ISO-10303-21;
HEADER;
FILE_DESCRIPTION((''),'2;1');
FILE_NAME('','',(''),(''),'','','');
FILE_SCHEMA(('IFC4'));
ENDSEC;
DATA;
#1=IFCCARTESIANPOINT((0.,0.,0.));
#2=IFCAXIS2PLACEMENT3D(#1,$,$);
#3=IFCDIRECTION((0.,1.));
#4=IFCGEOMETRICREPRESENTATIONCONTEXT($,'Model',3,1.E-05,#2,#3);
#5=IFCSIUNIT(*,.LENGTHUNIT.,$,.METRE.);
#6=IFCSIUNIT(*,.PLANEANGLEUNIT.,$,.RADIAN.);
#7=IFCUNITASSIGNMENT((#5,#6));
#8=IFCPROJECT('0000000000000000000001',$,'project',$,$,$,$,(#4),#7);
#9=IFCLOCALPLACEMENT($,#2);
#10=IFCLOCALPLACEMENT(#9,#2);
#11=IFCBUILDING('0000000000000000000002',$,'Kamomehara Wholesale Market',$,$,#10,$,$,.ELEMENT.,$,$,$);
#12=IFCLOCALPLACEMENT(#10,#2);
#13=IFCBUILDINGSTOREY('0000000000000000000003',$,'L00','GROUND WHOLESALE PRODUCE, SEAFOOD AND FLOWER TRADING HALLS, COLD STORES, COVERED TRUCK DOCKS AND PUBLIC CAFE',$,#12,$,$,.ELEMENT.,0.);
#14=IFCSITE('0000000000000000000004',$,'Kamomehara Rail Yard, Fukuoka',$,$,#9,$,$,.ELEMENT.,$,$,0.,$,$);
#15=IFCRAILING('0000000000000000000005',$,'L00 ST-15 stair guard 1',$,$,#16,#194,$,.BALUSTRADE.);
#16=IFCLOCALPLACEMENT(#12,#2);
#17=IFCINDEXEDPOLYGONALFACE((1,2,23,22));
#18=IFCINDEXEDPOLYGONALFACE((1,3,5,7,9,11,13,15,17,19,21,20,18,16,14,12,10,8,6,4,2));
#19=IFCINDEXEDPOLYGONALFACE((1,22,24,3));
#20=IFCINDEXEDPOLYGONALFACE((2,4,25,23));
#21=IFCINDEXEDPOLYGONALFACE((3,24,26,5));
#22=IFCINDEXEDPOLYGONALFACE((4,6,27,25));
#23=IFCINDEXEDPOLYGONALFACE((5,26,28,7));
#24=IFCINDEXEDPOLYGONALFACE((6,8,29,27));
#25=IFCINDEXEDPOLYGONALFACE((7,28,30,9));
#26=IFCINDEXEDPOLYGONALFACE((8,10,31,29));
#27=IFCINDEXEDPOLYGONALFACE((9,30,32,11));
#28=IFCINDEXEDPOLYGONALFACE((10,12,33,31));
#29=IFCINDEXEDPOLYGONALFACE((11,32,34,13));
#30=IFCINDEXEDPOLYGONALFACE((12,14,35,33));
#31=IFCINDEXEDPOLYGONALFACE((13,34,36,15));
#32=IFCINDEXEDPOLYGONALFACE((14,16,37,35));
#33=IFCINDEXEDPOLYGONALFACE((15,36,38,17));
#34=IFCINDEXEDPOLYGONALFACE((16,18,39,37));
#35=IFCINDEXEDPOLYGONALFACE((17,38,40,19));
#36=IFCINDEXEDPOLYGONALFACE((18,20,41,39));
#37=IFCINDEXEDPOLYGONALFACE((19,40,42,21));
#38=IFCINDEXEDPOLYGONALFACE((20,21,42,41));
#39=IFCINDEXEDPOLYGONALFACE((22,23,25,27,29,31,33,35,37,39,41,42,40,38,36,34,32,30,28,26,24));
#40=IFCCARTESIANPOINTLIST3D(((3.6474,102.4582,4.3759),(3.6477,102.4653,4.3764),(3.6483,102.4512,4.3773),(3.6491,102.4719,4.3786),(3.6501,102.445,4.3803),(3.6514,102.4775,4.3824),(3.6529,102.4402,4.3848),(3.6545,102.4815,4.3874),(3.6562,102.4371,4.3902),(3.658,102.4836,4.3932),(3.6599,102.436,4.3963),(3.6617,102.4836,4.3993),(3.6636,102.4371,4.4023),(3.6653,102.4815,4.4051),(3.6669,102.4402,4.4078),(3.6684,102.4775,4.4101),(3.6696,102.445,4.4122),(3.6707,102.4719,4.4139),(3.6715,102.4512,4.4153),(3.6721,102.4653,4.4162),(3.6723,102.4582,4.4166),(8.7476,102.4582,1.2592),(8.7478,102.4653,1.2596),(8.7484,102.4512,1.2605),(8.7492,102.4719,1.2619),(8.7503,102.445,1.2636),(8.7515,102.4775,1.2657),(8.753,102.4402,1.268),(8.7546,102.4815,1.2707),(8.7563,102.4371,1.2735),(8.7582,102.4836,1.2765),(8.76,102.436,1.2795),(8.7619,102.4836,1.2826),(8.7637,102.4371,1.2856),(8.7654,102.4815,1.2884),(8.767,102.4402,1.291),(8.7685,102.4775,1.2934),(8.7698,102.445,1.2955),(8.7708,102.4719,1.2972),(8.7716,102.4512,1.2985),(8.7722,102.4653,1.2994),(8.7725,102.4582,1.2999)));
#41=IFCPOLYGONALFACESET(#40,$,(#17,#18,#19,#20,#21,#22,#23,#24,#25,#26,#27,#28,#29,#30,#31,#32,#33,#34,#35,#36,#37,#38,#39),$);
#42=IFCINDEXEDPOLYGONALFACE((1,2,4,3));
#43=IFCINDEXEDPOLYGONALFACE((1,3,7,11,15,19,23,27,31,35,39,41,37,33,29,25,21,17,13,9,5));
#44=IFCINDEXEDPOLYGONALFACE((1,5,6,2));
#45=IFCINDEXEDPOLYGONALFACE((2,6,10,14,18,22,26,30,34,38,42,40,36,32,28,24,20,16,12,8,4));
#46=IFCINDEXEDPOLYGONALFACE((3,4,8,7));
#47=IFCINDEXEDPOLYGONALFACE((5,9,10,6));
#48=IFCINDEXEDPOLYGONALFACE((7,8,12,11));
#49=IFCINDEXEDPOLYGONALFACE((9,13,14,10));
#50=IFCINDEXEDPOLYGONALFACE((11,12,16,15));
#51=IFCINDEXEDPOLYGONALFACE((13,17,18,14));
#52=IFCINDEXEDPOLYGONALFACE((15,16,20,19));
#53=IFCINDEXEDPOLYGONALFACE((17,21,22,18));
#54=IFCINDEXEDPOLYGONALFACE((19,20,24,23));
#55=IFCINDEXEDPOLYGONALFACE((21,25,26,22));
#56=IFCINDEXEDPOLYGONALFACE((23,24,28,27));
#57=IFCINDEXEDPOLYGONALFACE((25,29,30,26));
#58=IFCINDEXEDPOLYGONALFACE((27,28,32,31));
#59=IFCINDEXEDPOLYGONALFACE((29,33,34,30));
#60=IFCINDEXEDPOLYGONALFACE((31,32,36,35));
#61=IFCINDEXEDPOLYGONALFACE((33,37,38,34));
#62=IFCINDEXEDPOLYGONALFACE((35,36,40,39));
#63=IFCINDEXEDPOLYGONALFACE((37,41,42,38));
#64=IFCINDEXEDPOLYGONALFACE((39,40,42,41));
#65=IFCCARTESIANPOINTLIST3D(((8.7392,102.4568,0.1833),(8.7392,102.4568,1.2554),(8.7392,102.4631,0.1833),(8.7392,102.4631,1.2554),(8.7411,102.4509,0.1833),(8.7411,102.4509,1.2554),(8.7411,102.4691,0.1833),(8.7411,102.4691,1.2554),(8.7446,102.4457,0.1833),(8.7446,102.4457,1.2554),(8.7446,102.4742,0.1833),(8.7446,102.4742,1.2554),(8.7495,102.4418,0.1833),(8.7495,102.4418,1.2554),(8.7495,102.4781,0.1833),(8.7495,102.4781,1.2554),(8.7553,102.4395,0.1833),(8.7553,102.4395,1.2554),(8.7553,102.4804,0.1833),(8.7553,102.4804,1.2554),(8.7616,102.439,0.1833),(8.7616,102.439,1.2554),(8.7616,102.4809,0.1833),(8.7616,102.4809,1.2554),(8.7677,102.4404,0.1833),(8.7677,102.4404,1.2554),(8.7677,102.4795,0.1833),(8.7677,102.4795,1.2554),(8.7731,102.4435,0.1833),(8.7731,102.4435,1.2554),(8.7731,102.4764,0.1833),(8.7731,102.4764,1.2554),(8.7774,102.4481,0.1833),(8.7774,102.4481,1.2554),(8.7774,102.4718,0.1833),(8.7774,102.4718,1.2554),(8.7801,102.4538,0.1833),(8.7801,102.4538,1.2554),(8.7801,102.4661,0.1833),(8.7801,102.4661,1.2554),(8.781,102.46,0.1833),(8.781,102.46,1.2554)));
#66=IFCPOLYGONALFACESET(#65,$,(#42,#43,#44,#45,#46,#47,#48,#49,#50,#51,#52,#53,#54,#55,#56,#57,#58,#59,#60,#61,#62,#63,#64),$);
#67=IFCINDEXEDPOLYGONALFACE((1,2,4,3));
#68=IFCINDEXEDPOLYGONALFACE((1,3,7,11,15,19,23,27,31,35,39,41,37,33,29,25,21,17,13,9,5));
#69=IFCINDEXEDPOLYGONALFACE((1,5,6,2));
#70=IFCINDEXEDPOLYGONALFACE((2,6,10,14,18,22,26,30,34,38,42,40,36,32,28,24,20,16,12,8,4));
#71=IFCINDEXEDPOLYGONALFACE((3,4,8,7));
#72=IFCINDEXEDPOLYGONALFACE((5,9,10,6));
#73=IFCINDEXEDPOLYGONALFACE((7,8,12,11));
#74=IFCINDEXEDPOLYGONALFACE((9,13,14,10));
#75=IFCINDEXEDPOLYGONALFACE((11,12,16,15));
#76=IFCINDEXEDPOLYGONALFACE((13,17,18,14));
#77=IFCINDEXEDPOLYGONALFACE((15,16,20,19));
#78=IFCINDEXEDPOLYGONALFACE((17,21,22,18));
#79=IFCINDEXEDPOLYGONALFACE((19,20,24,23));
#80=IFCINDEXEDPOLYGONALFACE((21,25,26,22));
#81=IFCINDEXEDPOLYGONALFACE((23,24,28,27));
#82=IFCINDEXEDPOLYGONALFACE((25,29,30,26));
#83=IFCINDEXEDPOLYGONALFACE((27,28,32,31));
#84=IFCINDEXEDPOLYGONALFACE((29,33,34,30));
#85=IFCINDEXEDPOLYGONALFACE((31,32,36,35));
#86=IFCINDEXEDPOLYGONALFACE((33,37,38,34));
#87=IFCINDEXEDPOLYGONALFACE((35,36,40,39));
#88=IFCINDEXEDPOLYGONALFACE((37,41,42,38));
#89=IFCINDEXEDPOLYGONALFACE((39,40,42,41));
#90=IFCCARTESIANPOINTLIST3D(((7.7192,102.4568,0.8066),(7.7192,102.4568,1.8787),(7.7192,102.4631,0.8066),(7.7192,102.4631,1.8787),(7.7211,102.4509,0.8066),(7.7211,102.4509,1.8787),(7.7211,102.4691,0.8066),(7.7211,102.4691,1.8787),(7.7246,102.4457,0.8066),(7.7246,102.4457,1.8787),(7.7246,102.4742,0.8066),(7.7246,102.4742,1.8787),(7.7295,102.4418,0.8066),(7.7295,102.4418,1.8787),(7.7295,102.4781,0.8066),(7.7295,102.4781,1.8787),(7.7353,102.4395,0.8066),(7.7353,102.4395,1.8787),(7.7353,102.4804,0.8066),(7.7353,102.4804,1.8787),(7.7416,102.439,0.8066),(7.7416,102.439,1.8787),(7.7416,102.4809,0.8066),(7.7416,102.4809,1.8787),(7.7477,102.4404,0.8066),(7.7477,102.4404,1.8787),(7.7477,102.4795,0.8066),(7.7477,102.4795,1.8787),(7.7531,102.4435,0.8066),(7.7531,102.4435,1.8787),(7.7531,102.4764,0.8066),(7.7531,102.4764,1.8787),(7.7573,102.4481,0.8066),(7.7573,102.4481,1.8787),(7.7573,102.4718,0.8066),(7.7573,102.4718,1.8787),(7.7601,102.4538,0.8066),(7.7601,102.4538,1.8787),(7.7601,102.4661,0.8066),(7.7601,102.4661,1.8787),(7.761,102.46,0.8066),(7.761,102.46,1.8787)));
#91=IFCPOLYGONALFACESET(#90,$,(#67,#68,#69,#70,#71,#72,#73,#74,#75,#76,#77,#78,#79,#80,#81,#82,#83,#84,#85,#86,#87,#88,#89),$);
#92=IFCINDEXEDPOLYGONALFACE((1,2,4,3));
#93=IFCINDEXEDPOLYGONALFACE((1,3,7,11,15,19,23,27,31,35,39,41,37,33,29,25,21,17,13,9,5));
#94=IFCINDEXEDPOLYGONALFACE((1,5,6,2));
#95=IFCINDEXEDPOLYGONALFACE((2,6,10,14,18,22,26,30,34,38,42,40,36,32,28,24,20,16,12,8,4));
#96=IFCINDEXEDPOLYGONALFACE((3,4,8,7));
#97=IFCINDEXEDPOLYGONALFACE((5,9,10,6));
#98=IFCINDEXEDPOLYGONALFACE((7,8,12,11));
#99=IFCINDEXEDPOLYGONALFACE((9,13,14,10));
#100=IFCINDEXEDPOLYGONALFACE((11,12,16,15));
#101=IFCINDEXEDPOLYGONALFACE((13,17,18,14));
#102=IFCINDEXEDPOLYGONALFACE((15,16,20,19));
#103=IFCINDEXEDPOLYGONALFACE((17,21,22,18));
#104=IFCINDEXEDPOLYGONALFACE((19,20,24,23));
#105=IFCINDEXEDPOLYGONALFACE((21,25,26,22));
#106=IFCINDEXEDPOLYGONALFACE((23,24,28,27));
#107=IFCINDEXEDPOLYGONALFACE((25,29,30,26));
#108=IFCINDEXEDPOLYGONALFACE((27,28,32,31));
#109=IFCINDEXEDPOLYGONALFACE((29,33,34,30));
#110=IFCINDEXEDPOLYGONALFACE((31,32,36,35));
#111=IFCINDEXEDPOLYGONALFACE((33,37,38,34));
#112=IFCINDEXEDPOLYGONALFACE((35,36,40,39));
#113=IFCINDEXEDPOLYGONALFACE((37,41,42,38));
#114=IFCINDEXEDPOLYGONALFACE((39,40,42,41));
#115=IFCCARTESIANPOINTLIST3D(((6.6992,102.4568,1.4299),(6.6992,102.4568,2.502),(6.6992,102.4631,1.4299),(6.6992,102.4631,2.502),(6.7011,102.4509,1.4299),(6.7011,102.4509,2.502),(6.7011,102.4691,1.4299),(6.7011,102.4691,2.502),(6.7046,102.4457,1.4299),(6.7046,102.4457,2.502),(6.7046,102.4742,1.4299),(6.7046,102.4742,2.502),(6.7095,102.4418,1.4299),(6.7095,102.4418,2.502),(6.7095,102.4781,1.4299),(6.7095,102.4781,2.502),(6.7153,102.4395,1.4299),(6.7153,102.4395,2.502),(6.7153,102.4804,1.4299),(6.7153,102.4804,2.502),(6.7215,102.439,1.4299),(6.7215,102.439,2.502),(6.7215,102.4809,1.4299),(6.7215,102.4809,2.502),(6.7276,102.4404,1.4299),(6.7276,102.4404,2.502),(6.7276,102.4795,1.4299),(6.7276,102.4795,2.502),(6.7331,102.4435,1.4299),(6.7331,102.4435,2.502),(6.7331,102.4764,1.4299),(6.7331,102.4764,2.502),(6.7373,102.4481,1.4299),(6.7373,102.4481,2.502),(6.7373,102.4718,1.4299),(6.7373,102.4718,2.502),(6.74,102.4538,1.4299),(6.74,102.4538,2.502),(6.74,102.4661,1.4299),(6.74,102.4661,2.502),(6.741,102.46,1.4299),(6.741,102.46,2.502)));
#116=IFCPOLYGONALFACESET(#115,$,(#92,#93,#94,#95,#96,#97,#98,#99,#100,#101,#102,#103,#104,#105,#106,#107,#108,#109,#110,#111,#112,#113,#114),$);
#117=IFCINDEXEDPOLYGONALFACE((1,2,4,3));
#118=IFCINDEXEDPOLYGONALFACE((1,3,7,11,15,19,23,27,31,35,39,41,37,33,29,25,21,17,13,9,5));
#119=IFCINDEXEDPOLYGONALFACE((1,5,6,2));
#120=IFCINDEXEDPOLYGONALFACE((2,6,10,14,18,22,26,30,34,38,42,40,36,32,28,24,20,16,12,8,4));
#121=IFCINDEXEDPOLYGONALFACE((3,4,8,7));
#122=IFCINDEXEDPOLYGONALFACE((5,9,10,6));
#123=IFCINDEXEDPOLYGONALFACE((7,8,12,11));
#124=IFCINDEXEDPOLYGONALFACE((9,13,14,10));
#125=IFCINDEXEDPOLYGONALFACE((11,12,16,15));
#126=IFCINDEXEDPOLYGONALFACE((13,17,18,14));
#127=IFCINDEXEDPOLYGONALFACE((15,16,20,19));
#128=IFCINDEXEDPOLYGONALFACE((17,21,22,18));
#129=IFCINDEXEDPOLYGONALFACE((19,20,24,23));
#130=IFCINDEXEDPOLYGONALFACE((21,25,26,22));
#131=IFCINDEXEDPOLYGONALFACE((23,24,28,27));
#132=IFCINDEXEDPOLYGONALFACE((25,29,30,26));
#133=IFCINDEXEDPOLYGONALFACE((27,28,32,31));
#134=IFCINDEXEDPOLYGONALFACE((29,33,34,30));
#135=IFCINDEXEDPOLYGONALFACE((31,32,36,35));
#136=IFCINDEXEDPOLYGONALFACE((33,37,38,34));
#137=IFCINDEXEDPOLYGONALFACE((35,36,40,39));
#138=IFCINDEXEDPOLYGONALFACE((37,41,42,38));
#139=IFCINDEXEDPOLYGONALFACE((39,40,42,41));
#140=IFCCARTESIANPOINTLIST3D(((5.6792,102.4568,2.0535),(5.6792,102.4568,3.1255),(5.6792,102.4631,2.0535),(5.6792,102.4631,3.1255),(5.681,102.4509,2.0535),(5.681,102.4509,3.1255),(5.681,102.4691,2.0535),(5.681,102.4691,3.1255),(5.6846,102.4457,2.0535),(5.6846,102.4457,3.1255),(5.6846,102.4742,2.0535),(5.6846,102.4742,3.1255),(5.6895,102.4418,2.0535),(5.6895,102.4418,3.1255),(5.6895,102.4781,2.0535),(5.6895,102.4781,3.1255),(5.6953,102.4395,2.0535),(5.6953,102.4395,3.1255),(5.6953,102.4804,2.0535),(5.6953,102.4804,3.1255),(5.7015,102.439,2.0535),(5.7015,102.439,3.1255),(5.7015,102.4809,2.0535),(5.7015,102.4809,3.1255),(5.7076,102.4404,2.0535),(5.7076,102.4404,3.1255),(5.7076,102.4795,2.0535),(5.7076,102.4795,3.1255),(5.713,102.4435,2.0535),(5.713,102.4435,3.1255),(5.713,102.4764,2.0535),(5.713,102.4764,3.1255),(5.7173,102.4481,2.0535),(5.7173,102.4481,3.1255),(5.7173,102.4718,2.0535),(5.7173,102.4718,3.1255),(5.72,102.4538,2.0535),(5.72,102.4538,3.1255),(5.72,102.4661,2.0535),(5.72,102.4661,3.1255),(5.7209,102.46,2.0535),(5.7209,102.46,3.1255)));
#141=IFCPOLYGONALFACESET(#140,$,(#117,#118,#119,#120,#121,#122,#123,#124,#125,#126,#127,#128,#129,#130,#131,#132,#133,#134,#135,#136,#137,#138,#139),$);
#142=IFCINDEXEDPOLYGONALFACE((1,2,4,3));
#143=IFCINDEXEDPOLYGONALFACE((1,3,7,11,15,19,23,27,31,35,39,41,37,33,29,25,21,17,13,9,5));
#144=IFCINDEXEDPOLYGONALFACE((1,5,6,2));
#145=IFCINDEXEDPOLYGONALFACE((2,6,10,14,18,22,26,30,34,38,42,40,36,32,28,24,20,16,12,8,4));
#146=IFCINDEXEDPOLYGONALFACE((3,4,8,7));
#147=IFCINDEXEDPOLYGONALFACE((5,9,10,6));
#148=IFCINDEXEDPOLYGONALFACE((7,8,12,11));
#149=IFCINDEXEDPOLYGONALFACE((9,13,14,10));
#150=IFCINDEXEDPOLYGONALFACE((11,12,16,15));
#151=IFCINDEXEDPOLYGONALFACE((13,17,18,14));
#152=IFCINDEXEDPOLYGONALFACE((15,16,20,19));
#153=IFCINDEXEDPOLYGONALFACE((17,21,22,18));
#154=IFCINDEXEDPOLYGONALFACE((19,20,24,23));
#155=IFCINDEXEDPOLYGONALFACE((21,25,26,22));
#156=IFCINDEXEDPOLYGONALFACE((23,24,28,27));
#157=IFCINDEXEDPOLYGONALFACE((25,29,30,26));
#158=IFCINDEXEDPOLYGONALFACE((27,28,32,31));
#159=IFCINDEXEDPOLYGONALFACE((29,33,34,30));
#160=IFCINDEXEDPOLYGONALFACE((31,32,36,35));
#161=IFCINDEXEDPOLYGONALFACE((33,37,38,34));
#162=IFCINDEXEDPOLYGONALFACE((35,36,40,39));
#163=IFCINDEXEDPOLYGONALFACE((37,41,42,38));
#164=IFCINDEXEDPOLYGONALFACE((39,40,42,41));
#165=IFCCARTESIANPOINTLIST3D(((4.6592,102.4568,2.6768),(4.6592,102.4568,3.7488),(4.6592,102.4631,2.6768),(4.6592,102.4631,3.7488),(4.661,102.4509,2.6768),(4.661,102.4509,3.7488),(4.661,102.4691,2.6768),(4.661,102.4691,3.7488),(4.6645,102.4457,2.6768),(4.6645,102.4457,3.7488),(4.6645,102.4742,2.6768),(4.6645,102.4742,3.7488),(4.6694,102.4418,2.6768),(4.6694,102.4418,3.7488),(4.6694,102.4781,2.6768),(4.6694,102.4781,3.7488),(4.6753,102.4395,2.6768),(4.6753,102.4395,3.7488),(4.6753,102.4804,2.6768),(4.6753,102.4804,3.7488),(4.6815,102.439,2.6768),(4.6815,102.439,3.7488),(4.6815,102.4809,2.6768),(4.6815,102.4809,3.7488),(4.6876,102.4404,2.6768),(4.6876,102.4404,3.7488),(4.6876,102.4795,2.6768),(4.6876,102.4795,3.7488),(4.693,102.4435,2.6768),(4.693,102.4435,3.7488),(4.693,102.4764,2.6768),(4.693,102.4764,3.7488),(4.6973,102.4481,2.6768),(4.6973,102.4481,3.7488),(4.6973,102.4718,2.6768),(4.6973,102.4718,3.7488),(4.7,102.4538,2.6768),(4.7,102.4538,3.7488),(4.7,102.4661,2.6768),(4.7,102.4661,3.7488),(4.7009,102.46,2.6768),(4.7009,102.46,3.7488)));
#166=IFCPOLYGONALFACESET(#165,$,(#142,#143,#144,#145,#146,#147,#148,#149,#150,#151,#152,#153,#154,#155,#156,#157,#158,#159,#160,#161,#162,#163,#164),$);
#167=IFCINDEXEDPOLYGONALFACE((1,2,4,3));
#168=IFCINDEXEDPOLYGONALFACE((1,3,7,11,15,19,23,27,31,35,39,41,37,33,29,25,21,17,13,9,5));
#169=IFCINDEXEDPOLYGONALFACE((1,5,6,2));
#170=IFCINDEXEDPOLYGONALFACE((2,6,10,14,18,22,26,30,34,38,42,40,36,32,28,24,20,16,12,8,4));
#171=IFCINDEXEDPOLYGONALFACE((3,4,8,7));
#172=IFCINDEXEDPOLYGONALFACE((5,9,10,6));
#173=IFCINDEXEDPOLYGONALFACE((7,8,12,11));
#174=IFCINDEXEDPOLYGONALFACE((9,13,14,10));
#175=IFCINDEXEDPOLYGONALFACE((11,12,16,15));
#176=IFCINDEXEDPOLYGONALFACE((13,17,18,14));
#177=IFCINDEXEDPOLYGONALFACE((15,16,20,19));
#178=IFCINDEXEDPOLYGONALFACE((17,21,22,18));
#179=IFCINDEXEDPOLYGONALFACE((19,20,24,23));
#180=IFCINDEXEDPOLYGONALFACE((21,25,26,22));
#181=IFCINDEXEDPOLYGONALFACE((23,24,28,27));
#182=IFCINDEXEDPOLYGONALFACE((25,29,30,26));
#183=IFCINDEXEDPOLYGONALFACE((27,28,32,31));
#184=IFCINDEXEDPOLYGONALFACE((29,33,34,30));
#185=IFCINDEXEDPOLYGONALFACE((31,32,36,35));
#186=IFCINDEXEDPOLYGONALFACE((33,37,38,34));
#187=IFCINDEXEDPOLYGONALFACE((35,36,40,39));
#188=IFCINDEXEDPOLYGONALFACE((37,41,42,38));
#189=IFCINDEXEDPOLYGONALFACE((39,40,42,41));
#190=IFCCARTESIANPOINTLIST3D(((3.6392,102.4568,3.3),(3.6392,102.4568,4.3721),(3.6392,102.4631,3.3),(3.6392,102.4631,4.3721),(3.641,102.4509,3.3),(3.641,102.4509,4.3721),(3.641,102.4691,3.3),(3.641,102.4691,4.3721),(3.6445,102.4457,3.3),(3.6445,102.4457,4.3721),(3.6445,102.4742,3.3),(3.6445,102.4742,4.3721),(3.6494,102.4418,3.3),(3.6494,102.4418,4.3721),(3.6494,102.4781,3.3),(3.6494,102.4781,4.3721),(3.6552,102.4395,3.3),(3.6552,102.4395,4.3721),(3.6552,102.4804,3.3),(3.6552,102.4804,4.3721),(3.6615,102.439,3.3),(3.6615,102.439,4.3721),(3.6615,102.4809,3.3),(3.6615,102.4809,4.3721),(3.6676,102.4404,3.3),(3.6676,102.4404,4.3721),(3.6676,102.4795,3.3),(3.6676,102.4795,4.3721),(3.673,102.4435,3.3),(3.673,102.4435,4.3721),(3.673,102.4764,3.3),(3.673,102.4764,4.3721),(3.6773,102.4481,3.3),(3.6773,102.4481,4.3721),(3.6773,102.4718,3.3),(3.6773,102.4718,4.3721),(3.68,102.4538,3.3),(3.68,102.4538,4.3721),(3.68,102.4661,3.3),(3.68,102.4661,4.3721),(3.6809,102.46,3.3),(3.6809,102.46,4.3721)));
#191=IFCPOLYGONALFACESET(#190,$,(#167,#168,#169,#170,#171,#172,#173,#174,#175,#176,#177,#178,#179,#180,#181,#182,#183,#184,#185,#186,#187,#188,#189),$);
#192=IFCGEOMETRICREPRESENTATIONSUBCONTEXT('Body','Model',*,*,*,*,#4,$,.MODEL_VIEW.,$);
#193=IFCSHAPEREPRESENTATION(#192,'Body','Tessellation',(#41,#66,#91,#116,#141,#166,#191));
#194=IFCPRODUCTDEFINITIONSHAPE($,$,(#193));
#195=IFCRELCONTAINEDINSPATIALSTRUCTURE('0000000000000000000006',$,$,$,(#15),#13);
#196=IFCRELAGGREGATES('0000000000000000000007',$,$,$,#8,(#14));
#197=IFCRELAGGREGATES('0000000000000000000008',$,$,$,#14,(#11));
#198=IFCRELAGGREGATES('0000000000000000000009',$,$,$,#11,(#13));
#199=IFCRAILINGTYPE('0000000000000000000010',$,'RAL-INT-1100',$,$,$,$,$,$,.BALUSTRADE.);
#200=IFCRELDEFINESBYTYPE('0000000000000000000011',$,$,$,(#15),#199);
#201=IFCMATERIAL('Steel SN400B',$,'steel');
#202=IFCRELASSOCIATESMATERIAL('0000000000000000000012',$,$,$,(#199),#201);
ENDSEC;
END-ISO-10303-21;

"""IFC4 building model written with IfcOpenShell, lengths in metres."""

from ifc_helpers import new_model, si_unit, direction, frame, origin, origin_2d, place, context, subcontext, project, spatial, circle, extrude, material, type_object, element, save


model = new_model("IFC4")

# Units and contexts
model_context = context("Model", 3, precision=1e-05, world=origin(), true_north=direction((0.0, 1.0)))
body_context = subcontext(model_context, "Body", "Model", "MODEL_VIEW")
ifc_project = project(units=[si_unit("LENGTHUNIT", "METRE"), si_unit("PLANEANGLEUNIT", "RADIAN")], contexts=[model_context])

# Site, building, storey
site_placement = place(None, origin())
site = spatial("IfcSite", under=ifc_project, at=site_placement, Name="Kamomehara Rail Yard, Fukuoka", CompositionType="ELEMENT", RefElevation=0.0)
building_placement = place(site_placement, origin())
building = spatial("IfcBuilding", under=site, at=building_placement, Name="Kamomehara Wholesale Market", CompositionType="ELEMENT")
storey_placement = place(building_placement, origin())
storey = spatial("IfcBuildingStorey", under=building, at=storey_placement, Name="L00", Description="GROUND WHOLESALE PRODUCE, SEAFOOD AND FLOWER TRADING HALLS, COLD STORES, COVERED TRUCK DOCKS AND PUBLIC CAFE", CompositionType="ELEMENT", Elevation=0.0)

# Railing
ifc_material_1 = material(Name="Steel SN400B", Category="steel")
railing_type_1 = type_object("IfcRailingType", Name="RAL-INT-1100", PredefinedType="BALUSTRADE", material=ifc_material_1)
railing_1_placement = place(storey_placement, frame((8.76, 102.46, 0.1833)))
element("IfcRailing", 1, at=railing_1_placement, inside=storey, type_object=railing_type_1, Name="L00 ST-15 stair guard 1", PredefinedType="BALUSTRADE", context=body_context, shape_type="SweptSolid", body=[
    extrude(circle(Radius=0.0239, at=origin_2d()), frame((0.0, 0.0, 1.0962), z_axis=(-0.853284, 0.0, 0.521447), x_axis=(0.0, -1.0, 0.0)), (0.0, 0.0, 1.0), 5.9771),
    extrude(circle(Radius=0.021, at=origin_2d()), origin(), (0.0, 0.0, 1.0), 1.072),
    extrude(circle(Radius=0.021, at=origin_2d()), frame((-1.02, 0.0, 0.6233)), (0.0, 0.0, 1.0), 1.072),
    extrude(circle(Radius=0.021, at=origin_2d()), frame((-2.04, 0.0, 1.2466)), (0.0, 0.0, 1.0), 1.072),
    extrude(circle(Radius=0.021, at=origin_2d()), frame((-3.0601, 0.0, 1.8701)), (0.0, 0.0, 1.0), 1.072),
    extrude(circle(Radius=0.021, at=origin_2d()), frame((-4.0801, 0.0, 2.4934)), (0.0, 0.0, 1.0), 1.072),
    extrude(circle(Radius=0.021, at=origin_2d()), frame((-5.1001, 0.0, 3.1167)), (0.0, 0.0, 1.0), 1.072),
])

save(model, "model.ifc")
